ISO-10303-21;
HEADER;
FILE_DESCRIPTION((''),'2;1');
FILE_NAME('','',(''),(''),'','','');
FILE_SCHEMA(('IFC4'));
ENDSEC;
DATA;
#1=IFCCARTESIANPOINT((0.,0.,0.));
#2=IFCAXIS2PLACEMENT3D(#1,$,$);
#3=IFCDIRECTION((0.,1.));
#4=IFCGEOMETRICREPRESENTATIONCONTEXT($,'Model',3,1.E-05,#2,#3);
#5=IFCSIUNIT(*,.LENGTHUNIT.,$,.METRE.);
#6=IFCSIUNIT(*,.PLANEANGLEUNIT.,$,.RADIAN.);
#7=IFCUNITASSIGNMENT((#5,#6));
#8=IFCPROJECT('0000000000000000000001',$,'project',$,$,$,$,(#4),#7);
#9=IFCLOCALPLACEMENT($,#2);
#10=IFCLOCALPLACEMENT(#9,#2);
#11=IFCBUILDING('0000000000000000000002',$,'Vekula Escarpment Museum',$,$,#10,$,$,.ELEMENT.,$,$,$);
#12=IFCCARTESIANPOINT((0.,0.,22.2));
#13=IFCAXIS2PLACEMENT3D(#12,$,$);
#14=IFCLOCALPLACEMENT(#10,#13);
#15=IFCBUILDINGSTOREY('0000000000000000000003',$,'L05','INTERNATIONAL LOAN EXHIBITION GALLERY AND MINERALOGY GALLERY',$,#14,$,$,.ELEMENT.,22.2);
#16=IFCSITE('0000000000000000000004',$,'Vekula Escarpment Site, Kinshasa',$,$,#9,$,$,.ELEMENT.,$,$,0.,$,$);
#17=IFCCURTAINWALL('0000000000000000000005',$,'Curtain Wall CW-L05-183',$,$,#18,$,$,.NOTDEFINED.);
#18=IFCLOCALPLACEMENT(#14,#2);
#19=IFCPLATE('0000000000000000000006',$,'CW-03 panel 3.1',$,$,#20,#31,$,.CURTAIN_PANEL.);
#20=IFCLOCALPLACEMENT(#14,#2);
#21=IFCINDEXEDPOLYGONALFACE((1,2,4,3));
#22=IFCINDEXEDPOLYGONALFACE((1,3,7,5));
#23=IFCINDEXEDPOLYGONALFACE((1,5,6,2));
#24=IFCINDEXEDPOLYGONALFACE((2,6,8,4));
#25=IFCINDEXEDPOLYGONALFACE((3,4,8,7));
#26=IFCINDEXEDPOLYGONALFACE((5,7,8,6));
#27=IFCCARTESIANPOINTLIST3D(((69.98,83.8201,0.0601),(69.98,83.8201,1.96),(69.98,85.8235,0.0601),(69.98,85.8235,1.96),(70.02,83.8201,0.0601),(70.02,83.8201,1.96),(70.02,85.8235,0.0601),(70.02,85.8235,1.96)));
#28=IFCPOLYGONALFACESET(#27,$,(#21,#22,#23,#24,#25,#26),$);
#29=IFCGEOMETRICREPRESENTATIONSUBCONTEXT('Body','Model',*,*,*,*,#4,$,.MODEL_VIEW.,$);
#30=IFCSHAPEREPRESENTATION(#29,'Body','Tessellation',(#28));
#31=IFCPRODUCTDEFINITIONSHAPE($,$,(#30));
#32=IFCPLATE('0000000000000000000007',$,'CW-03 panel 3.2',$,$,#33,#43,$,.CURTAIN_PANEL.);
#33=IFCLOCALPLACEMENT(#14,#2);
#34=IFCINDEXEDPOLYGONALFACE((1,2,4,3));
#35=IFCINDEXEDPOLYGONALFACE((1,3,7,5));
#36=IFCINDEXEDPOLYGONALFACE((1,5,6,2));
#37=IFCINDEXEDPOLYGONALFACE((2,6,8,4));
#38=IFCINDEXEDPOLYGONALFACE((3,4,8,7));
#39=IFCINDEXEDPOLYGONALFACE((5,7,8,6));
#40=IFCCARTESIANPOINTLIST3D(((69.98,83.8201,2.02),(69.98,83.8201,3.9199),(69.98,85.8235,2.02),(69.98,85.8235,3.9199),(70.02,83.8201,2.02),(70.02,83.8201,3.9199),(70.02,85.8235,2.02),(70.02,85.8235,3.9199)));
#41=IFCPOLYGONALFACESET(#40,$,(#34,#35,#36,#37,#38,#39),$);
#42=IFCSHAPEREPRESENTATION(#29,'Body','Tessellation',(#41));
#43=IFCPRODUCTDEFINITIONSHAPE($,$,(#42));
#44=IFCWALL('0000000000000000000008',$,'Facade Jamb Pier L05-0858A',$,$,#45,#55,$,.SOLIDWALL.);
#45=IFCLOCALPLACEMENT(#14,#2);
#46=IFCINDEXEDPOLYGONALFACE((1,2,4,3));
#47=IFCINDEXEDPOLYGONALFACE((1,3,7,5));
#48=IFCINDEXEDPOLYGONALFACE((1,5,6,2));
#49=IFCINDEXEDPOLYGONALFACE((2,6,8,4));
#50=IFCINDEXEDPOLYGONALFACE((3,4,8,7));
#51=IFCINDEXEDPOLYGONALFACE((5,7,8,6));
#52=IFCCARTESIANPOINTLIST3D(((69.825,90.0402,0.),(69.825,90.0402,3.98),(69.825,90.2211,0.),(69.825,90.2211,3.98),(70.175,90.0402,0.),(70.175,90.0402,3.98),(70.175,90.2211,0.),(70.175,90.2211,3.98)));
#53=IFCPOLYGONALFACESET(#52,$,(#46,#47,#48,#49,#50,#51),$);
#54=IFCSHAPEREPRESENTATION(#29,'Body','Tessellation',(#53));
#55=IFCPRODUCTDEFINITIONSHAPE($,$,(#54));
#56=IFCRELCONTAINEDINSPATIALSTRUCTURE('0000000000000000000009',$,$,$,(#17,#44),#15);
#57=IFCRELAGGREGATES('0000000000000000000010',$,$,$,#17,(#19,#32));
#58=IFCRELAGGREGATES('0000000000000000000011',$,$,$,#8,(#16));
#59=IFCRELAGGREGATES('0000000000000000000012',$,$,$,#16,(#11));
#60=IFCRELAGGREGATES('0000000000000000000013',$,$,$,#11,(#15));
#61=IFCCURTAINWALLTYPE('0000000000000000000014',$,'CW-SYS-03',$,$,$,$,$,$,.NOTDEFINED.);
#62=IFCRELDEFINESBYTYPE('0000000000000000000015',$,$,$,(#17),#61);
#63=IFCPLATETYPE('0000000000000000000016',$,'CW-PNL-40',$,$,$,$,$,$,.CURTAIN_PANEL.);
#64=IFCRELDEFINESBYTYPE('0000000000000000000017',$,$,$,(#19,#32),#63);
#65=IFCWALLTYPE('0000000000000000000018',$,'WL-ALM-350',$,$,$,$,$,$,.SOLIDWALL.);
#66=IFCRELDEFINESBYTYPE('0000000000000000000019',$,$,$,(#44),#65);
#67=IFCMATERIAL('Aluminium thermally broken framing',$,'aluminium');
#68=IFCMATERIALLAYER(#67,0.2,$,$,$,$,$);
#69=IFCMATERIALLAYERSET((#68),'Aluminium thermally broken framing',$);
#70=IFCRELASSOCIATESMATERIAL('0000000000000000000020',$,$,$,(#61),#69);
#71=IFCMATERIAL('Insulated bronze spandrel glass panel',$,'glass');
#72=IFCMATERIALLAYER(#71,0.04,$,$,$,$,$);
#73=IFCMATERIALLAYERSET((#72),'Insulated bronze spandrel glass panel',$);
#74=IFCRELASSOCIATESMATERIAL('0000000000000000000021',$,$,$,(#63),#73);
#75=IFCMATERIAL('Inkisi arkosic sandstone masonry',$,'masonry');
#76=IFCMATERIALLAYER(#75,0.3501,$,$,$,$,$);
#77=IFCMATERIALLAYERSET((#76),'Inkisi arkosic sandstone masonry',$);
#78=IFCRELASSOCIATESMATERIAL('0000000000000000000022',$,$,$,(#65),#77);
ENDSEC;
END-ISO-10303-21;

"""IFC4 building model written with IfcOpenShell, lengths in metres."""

from ifc_helpers import new_model, si_unit, direction, frame, frame_2d, origin, origin_2d, place, context, subcontext, project, spatial, rectangle, extrude, material, layer, layer_set, type_object, element, aggregate, save


model = new_model("IFC4")

# Units and contexts
model_context = context("Model", 3, precision=1e-05, world=origin(), true_north=direction((0.0, 1.0)))
body_context = subcontext(model_context, "Body", "Model", "MODEL_VIEW")
ifc_project = project(units=[si_unit("LENGTHUNIT", "METRE"), si_unit("PLANEANGLEUNIT", "RADIAN")], contexts=[model_context])

# Site, building, storey
site_placement = place(None, origin())
site = spatial("IfcSite", under=ifc_project, at=site_placement, Name="Vekula Escarpment Site, Kinshasa", CompositionType="ELEMENT", RefElevation=0.0)
building_placement = place(site_placement, origin())
building = spatial("IfcBuilding", under=site, at=building_placement, Name="Vekula Escarpment Museum", CompositionType="ELEMENT")
storey_placement = place(building_placement, frame((0.0, 0.0, 22.2)))
storey = spatial("IfcBuildingStorey", under=building, at=storey_placement, Name="L05", Description="INTERNATIONAL LOAN EXHIBITION GALLERY AND MINERALOGY GALLERY", CompositionType="ELEMENT", Elevation=22.2)

# Curtain wall, plates
ifc_material_1 = material(Name="Aluminium thermally broken framing", Category="aluminium")
ifc_layer_1 = layer(ifc_material_1, 0.2)
ifc_layer_set_1 = layer_set([ifc_layer_1], Name="Aluminium thermally broken framing")
curtain_wall_type = type_object("IfcCurtainWallType", Name="CW-SYS-03", PredefinedType="NOTDEFINED", material=ifc_layer_set_1)
curtain_wall_placement = place(storey_placement, origin())
curtain_wall = element("IfcCurtainWall", 1, at=curtain_wall_placement, inside=storey, type_object=curtain_wall_type, Name="Curtain Wall CW-L05-183", PredefinedType="NOTDEFINED")
ifc_material_2 = material(Name="Insulated bronze spandrel glass panel", Category="glass")
ifc_layer_2 = layer(ifc_material_2, 0.04)
ifc_layer_set_2 = layer_set([ifc_layer_2], Name="Insulated bronze spandrel glass panel")
plate_type = type_object("IfcPlateType", Name="CW-PNL-40", PredefinedType="CURTAIN_PANEL", material=ifc_layer_set_2)
plate_1_placement = place(storey_placement, frame((70.0, 84.8218, 0.0601), z_axis=(0.0, 0.0, 1.0), x_axis=(0.0, -1.0, 0.0)))
plate_1 = element("IfcPlate", 2, at=plate_1_placement, type_object=plate_type, Name="CW-03 panel 3.1", PredefinedType="CURTAIN_PANEL", context=body_context, shape_type="SweptSolid", body=[
    extrude(rectangle(XDim=2.0034, YDim=0.04, at=origin_2d()), origin(), (0.0, 0.0, 1.0), 1.8999),
])
plate_2_placement = place(storey_placement, frame((70.0, 84.8218, 2.02), z_axis=(0.0, 0.0, 1.0), x_axis=(0.0, -1.0, 0.0)))
plate_2 = element("IfcPlate", 3, at=plate_2_placement, type_object=plate_type, Name="CW-03 panel 3.2", PredefinedType="CURTAIN_PANEL", context=body_context, shape_type="SweptSolid", body=[
    extrude(rectangle(XDim=2.0034, YDim=0.04, at=origin_2d()), origin(), (0.0, 0.0, 1.0), 1.8999),
])
aggregate(curtain_wall, [plate_1, plate_2])

# Wall
ifc_material_3 = material(Name="Inkisi arkosic sandstone masonry", Category="masonry")
ifc_layer_3 = layer(ifc_material_3, 0.3501)
ifc_layer_set_3 = layer_set([ifc_layer_3], Name="Inkisi arkosic sandstone masonry")
wall_type = type_object("IfcWallType", Name="WL-ALM-350", PredefinedType="SOLIDWALL", material=ifc_layer_set_3)
wall_placement = place(storey_placement, frame((70.0, 90.2209, 0.0), z_axis=(0.0, 0.0, 1.0), x_axis=(0.0, -1.0, 0.0)))
element("IfcWall", 4, at=wall_placement, inside=storey, type_object=wall_type, Name="Facade Jamb Pier L05-0858A", PredefinedType="SOLIDWALL", context=body_context, shape_type="SweptSolid", body=[
    extrude(rectangle(XDim=0.1809, YDim=0.3501, at=frame_2d((0.0903, 0.0))), origin(), (0.0, 0.0, 1.0), 3.98),
])

save(model, "model.ifc")
